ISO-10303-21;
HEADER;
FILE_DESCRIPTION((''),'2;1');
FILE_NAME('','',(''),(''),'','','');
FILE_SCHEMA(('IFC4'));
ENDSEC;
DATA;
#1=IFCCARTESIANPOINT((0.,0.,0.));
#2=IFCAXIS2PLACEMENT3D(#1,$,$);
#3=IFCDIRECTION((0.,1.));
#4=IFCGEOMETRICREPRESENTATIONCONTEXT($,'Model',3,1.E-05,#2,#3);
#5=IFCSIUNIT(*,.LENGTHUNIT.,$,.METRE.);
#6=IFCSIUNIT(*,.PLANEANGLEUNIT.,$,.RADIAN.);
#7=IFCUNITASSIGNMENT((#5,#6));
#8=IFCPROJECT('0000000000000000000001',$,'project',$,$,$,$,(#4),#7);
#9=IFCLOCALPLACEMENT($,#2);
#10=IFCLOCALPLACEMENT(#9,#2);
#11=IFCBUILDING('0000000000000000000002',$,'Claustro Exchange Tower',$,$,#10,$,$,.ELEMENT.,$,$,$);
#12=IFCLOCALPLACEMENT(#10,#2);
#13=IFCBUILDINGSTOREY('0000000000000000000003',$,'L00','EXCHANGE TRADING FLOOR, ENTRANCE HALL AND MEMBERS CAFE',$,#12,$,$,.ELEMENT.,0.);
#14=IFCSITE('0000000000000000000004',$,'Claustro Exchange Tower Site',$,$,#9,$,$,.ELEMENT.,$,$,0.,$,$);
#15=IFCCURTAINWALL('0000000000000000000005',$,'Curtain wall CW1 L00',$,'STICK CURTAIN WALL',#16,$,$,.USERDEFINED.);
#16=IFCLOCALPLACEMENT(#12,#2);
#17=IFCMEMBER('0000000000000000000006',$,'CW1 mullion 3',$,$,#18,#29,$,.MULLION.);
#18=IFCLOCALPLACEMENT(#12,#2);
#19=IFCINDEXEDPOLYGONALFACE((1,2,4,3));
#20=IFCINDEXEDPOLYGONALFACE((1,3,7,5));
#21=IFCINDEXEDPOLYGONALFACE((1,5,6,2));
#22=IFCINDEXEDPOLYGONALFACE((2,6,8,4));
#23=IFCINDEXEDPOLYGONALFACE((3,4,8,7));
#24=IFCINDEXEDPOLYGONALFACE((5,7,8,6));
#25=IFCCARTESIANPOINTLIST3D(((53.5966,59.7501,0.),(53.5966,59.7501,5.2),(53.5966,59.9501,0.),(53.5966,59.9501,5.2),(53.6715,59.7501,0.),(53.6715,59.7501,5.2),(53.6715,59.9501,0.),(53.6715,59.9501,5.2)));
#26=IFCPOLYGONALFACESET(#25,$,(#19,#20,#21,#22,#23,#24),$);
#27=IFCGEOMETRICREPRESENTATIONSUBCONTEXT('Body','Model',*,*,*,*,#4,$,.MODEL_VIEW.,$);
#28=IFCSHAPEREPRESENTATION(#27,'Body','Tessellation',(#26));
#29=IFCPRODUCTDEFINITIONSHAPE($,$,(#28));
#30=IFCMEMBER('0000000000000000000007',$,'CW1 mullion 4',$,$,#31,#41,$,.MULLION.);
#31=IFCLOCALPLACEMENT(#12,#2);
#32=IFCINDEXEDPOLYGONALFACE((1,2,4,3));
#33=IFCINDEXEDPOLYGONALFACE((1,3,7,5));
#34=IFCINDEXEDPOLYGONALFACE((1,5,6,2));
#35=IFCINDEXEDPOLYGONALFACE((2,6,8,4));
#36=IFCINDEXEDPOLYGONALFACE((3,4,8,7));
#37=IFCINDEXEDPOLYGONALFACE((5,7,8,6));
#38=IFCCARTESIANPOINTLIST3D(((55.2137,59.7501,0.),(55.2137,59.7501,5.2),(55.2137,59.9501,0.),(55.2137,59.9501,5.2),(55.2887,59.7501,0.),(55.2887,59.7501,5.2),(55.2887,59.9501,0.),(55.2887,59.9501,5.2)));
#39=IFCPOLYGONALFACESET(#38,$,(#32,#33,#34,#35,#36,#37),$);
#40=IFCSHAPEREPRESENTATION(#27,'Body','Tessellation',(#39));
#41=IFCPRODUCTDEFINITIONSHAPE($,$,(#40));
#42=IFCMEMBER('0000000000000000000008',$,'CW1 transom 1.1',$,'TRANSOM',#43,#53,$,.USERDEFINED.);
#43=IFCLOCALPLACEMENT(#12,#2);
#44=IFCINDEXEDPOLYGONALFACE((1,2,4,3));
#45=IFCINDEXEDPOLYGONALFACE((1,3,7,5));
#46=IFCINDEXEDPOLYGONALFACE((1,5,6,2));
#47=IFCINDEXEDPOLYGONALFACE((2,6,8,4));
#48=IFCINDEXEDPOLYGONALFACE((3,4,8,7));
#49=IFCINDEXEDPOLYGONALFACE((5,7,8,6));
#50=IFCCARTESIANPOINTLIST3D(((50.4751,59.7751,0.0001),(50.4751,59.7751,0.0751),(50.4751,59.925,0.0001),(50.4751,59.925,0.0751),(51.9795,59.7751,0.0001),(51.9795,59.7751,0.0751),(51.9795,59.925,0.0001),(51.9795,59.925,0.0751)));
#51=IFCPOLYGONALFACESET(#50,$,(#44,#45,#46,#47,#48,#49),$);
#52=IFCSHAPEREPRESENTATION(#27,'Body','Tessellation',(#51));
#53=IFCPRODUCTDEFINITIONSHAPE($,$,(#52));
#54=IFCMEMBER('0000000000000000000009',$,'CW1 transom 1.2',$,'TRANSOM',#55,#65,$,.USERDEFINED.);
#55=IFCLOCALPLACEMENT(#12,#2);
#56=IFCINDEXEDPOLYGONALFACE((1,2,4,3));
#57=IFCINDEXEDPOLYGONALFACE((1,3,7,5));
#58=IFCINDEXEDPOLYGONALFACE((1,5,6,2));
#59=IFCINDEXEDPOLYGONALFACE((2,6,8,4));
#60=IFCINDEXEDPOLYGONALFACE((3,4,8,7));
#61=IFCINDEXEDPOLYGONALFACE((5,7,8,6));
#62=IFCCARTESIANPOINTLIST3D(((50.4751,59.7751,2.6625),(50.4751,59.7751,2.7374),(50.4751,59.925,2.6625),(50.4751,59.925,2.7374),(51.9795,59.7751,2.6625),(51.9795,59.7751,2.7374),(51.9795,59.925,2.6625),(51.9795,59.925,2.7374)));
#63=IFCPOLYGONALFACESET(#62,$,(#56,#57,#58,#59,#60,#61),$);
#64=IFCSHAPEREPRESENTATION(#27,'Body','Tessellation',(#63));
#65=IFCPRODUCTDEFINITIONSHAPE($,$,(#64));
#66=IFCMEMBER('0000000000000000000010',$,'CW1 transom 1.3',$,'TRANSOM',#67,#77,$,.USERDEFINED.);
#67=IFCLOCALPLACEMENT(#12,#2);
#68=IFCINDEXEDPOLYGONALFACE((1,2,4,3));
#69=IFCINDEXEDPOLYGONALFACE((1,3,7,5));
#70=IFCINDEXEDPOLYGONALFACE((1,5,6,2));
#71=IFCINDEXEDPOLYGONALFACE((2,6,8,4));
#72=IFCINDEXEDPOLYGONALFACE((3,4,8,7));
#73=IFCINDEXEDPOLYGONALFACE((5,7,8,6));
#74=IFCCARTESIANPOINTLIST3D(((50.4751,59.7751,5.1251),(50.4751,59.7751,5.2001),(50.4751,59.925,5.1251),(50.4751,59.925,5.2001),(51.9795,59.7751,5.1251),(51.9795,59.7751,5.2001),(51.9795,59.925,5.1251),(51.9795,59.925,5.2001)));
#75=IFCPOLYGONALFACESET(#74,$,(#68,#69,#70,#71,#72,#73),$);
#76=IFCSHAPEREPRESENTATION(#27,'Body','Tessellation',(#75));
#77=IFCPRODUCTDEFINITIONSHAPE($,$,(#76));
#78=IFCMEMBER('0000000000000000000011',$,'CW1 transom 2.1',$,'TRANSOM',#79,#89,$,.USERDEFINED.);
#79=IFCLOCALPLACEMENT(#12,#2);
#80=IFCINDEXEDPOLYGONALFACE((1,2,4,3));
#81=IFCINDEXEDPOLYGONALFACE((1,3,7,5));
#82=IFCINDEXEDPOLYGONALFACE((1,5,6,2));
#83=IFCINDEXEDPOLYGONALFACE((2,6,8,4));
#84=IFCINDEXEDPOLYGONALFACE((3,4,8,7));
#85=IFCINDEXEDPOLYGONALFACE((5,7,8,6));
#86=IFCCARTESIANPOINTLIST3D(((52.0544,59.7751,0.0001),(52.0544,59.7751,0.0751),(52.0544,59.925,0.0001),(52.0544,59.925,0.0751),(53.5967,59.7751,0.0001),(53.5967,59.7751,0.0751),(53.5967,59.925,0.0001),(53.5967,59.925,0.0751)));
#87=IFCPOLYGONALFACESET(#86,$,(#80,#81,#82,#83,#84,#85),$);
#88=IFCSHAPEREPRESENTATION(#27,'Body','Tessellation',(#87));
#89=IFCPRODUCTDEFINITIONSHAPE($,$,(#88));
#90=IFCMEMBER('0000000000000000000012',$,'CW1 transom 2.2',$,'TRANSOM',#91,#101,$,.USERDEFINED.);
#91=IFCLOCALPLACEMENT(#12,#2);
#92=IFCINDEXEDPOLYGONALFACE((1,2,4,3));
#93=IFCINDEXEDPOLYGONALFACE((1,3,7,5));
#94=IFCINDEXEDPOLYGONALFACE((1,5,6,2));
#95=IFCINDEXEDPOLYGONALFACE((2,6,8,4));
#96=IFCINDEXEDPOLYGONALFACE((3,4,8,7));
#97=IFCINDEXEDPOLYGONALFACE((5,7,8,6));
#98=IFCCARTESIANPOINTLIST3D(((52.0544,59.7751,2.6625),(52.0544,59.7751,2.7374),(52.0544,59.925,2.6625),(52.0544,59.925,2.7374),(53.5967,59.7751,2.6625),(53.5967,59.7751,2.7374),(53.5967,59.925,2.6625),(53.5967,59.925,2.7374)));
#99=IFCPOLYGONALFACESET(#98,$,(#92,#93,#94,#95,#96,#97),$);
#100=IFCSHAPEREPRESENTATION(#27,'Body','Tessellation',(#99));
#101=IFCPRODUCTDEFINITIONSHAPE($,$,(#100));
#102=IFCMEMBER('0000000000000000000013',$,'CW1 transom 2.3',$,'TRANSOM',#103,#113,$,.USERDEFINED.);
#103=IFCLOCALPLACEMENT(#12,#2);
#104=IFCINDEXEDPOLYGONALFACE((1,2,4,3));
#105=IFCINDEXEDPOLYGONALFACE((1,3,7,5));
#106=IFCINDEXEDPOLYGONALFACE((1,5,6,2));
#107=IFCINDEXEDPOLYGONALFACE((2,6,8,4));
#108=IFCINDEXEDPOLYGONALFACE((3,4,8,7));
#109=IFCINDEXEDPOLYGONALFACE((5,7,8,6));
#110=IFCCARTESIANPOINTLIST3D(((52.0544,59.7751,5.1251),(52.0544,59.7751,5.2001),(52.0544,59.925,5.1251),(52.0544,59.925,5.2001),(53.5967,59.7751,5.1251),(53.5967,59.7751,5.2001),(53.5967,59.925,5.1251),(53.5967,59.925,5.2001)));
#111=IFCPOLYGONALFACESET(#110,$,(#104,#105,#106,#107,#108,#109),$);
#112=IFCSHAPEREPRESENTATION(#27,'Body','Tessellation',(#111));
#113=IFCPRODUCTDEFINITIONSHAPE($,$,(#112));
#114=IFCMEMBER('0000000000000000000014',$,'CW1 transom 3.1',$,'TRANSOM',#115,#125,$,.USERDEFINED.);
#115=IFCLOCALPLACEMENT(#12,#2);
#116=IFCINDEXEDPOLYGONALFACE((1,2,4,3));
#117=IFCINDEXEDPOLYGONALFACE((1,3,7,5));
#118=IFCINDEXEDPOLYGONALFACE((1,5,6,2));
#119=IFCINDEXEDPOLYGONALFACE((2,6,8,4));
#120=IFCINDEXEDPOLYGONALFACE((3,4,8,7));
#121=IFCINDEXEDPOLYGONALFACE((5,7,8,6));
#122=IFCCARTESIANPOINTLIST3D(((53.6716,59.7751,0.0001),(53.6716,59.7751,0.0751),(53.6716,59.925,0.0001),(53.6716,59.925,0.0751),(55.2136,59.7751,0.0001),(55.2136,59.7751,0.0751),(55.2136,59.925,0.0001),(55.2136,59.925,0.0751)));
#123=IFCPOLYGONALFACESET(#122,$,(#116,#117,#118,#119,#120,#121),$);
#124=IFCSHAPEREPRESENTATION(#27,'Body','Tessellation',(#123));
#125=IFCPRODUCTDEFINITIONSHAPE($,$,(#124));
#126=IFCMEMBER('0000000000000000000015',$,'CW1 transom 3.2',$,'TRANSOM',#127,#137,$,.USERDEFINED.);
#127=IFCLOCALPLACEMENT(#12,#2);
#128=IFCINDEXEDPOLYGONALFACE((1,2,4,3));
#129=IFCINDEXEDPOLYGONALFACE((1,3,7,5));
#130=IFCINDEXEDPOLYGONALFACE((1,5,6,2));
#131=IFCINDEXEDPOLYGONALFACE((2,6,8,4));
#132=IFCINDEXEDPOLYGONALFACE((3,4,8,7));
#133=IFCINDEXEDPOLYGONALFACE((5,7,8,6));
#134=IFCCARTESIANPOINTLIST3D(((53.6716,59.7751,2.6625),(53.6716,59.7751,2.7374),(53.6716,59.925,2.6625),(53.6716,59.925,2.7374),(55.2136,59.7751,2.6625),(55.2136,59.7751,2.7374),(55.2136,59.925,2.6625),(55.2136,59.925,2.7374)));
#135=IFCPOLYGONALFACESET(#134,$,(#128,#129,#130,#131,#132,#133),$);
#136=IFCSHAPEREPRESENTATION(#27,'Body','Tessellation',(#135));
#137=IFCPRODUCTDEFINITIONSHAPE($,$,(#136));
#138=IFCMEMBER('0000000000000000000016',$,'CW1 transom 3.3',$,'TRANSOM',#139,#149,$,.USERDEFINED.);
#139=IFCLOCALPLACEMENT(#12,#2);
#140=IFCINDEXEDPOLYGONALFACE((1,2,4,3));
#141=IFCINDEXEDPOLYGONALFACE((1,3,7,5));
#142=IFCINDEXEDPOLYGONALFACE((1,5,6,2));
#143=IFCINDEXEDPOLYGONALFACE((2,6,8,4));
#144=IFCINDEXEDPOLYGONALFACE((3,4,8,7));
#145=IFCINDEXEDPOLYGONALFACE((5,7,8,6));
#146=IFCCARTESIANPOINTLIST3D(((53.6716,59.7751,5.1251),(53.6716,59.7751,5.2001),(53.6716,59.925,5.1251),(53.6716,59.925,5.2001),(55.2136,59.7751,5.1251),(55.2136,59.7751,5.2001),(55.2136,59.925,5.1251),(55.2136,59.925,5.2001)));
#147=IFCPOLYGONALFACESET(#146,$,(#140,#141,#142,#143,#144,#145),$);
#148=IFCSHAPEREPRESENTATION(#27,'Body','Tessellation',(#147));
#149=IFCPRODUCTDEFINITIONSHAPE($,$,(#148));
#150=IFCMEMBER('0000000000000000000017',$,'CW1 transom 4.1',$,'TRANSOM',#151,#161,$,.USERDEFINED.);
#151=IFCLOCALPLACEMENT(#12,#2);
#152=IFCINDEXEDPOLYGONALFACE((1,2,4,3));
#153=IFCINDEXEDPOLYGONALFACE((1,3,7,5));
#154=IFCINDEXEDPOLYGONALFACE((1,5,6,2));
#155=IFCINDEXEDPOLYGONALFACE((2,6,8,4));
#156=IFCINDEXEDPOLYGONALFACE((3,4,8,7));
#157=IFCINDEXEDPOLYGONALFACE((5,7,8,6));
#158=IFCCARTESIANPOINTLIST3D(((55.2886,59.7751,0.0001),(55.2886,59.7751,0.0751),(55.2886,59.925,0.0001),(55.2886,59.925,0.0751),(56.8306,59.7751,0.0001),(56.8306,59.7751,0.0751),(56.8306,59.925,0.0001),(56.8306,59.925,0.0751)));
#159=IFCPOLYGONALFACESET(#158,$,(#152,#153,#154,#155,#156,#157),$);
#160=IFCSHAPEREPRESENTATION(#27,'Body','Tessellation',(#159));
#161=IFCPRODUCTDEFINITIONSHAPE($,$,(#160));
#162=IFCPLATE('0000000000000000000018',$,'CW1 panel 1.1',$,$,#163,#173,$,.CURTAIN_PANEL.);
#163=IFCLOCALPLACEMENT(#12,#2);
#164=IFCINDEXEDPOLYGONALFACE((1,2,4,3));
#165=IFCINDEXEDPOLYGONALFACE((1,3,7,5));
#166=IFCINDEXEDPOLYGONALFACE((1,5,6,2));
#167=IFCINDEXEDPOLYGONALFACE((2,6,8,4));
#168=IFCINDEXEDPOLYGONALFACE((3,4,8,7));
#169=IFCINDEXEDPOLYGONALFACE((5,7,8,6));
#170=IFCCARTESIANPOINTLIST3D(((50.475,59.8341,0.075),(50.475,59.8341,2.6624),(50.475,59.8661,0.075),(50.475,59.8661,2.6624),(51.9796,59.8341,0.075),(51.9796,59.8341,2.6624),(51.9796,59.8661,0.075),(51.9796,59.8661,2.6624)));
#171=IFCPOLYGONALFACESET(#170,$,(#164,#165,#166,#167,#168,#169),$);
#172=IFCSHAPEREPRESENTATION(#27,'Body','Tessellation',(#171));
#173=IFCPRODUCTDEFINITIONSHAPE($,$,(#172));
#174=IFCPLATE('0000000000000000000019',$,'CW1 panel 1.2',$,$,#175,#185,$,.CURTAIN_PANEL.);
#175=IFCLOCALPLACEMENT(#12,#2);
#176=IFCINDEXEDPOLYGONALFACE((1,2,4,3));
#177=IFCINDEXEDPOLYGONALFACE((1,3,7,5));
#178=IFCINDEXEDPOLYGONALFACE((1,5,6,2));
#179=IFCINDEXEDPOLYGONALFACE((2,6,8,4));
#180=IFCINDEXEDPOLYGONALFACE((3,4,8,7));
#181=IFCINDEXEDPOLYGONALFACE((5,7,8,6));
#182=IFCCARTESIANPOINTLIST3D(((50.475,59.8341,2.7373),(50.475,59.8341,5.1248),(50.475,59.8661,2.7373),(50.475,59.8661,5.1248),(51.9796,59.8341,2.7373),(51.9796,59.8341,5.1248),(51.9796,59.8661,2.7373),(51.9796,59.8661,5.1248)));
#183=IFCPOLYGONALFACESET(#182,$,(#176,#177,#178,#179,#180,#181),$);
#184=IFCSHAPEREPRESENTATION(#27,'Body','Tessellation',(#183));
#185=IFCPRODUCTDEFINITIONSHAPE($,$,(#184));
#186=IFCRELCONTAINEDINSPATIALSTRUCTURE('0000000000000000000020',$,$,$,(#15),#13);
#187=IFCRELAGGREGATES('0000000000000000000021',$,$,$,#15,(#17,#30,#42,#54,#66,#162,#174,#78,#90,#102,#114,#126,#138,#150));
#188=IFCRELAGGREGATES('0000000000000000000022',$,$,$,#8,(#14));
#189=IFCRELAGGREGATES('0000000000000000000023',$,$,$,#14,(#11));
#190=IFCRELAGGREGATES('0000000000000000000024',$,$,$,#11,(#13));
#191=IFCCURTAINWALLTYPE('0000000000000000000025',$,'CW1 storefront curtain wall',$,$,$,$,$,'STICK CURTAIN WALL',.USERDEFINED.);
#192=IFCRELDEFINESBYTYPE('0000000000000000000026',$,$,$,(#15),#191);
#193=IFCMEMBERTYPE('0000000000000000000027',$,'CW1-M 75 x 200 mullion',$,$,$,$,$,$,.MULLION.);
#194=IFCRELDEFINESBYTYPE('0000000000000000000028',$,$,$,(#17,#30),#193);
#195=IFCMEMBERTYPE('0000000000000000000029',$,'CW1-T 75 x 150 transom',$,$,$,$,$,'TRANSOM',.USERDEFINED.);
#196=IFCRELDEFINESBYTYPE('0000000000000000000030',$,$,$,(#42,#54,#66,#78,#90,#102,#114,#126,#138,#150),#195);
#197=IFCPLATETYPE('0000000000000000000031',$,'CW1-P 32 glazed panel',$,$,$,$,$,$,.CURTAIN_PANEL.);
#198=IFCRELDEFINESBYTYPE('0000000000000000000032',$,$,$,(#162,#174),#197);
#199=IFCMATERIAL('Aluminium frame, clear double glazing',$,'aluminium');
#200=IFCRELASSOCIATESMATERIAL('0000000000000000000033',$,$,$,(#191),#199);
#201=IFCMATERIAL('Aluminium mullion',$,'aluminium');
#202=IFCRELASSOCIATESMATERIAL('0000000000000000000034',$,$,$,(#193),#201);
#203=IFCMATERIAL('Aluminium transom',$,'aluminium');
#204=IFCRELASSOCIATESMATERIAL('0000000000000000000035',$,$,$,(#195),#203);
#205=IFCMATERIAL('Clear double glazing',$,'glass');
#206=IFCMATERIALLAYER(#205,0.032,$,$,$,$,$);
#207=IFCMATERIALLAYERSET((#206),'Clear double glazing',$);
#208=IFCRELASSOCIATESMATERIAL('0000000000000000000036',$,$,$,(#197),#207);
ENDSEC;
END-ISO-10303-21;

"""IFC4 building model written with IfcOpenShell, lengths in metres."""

from ifc_helpers import new_model, si_unit, direction, frame, origin, origin_2d, place, context, subcontext, project, spatial, rectangle, extrude, material, layer, layer_set, material_profile, profile_set, type_object, element, aggregate, save


model = new_model("IFC4")

# Units and contexts
model_context = context("Model", 3, precision=1e-05, world=origin(), true_north=direction((0.0, 1.0)))
body_context = subcontext(model_context, "Body", "Model", "MODEL_VIEW")
ifc_project = project(units=[si_unit("LENGTHUNIT", "METRE"), si_unit("PLANEANGLEUNIT", "RADIAN")], contexts=[model_context])

# Site, building, storey
site_placement = place(None, origin())
site = spatial("IfcSite", under=ifc_project, at=site_placement, Name="Claustro Exchange Tower Site", CompositionType="ELEMENT", RefElevation=0.0)
building_placement = place(site_placement, origin())
building = spatial("IfcBuilding", under=site, at=building_placement, Name="Claustro Exchange Tower", CompositionType="ELEMENT")
storey_placement = place(building_placement, origin())
storey = spatial("IfcBuildingStorey", under=building, at=storey_placement, Name="L00", Description="EXCHANGE TRADING FLOOR, ENTRANCE HALL AND MEMBERS CAFE", CompositionType="ELEMENT", Elevation=0.0)

# Curtain wall, members, plates
ifc_material_1 = material(Name="Aluminium frame, clear double glazing", Category="aluminium")
curtain_wall_type = type_object("IfcCurtainWallType", Name="CW1 storefront curtain wall", ElementType="STICK CURTAIN WALL", PredefinedType="USERDEFINED", material=ifc_material_1)
curtain_wall_placement = place(storey_placement, origin())
curtain_wall = element("IfcCurtainWall", 1, at=curtain_wall_placement, inside=storey, type_object=curtain_wall_type, Name="Curtain wall CW1 L00", ObjectType="STICK CURTAIN WALL", PredefinedType="USERDEFINED")
ifc_material_2 = material(Name="Aluminium mullion", Category="aluminium")
ifc_material_profile_1 = material_profile(ifc_material_2, rectangle(XDim=0.2, YDim=0.075, at=origin_2d()), Name="CW1-M 75x200")
ifc_profile_set_1 = profile_set([ifc_material_profile_1], Name="Aluminium mullion")
member_type_1 = type_object("IfcMemberType", Name="CW1-M 75 x 200 mullion", PredefinedType="MULLION", material=ifc_profile_set_1)
member_1_placement = place(storey_placement, frame((53.634, 59.8501, 0.0), z_axis=(0.0, 0.0, 1.0), x_axis=(0.0, 1.0, 0.0)))
member_1 = element("IfcMember", 2, at=member_1_placement, type_object=member_type_1, Name="CW1 mullion 3", PredefinedType="MULLION", context=body_context, shape_type="SweptSolid", body=[
    extrude(rectangle(XDim=0.2, YDim=0.075, at=origin_2d()), origin(), (0.0, 0.0, 1.0), 5.2),
])
member_2_placement = place(storey_placement, frame((55.2512, 59.8501, 0.0), z_axis=(0.0, 0.0, 1.0), x_axis=(0.0, 1.0, 0.0)))
member_2 = element("IfcMember", 3, at=member_2_placement, type_object=member_type_1, Name="CW1 mullion 4", PredefinedType="MULLION", context=body_context, shape_type="SweptSolid", body=[
    extrude(rectangle(XDim=0.2, YDim=0.075, at=origin_2d()), origin(), (0.0, 0.0, 1.0), 5.2),
])
ifc_material_3 = material(Name="Aluminium transom", Category="aluminium")
ifc_material_profile_2 = material_profile(ifc_material_3, rectangle(XDim=0.1499, YDim=0.075, at=origin_2d()), Name="CW1-T 75x150")
ifc_profile_set_2 = profile_set([ifc_material_profile_2], Name="Aluminium transom")
member_type_2 = type_object("IfcMemberType", Name="CW1-T 75 x 150 transom", ElementType="TRANSOM", PredefinedType="USERDEFINED", material=ifc_profile_set_2)
member_3_placement = place(storey_placement, frame((50.4751, 59.8501, 0.0376), z_axis=(1.0, 0.0, 0.0), x_axis=(0.0, 1.0, 0.0)))
member_3 = element("IfcMember", 4, at=member_3_placement, type_object=member_type_2, Name="CW1 transom 1.1", ObjectType="TRANSOM", PredefinedType="USERDEFINED", context=body_context, shape_type="SweptSolid", body=[
    extrude(rectangle(XDim=0.1499, YDim=0.075, at=origin_2d()), origin(), (0.0, 0.0, 1.0), 1.5044),
])
member_4_placement = place(storey_placement, frame((50.4751, 59.8501, 2.7), z_axis=(1.0, 0.0, 0.0), x_axis=(0.0, 1.0, 0.0)))
member_4 = element("IfcMember", 5, at=member_4_placement, type_object=member_type_2, Name="CW1 transom 1.2", ObjectType="TRANSOM", PredefinedType="USERDEFINED", context=body_context, shape_type="SweptSolid", body=[
    extrude(rectangle(XDim=0.1499, YDim=0.075, at=origin_2d()), origin(), (0.0, 0.0, 1.0), 1.5044),
])
member_5_placement = place(storey_placement, frame((50.4751, 59.8501, 5.1626), z_axis=(1.0, 0.0, 0.0), x_axis=(0.0, 1.0, 0.0)))
member_5 = element("IfcMember", 6, at=member_5_placement, type_object=member_type_2, Name="CW1 transom 1.3", ObjectType="TRANSOM", PredefinedType="USERDEFINED", context=body_context, shape_type="SweptSolid", body=[
    extrude(rectangle(XDim=0.1499, YDim=0.075, at=origin_2d()), origin(), (0.0, 0.0, 1.0), 1.5044),
])
member_6_placement = place(storey_placement, frame((52.0544, 59.8501, 0.0376), z_axis=(1.0, 0.0, 0.0), x_axis=(0.0, 1.0, 0.0)))
member_6 = element("IfcMember", 7, at=member_6_placement, type_object=member_type_2, Name="CW1 transom 2.1", ObjectType="TRANSOM", PredefinedType="USERDEFINED", context=body_context, shape_type="SweptSolid", body=[
    extrude(rectangle(XDim=0.1499, YDim=0.075, at=origin_2d()), origin(), (0.0, 0.0, 1.0), 1.5422),
])
member_7_placement = place(storey_placement, frame((52.0544, 59.8501, 2.7), z_axis=(1.0, 0.0, 0.0), x_axis=(0.0, 1.0, 0.0)))
member_7 = element("IfcMember", 8, at=member_7_placement, type_object=member_type_2, Name="CW1 transom 2.2", ObjectType="TRANSOM", PredefinedType="USERDEFINED", context=body_context, shape_type="SweptSolid", body=[
    extrude(rectangle(XDim=0.1499, YDim=0.075, at=origin_2d()), origin(), (0.0, 0.0, 1.0), 1.5422),
])
member_8_placement = place(storey_placement, frame((52.0544, 59.8501, 5.1626), z_axis=(1.0, 0.0, 0.0), x_axis=(0.0, 1.0, 0.0)))
member_8 = element("IfcMember", 9, at=member_8_placement, type_object=member_type_2, Name="CW1 transom 2.3", ObjectType="TRANSOM", PredefinedType="USERDEFINED", context=body_context, shape_type="SweptSolid", body=[
    extrude(rectangle(XDim=0.1499, YDim=0.075, at=origin_2d()), origin(), (0.0, 0.0, 1.0), 1.5422),
])
member_9_placement = place(storey_placement, frame((53.6716, 59.8501, 0.0376), z_axis=(1.0, 0.0, 0.0), x_axis=(0.0, 1.0, 0.0)))
member_9 = element("IfcMember", 10, at=member_9_placement, type_object=member_type_2, Name="CW1 transom 3.1", ObjectType="TRANSOM", PredefinedType="USERDEFINED", context=body_context, shape_type="SweptSolid", body=[
    extrude(rectangle(XDim=0.1499, YDim=0.075, at=origin_2d()), origin(), (0.0, 0.0, 1.0), 1.542),
])
member_10_placement = place(storey_placement, frame((53.6716, 59.8501, 2.7), z_axis=(1.0, 0.0, 0.0), x_axis=(0.0, 1.0, 0.0)))
member_10 = element("IfcMember", 11, at=member_10_placement, type_object=member_type_2, Name="CW1 transom 3.2", ObjectType="TRANSOM", PredefinedType="USERDEFINED", context=body_context, shape_type="SweptSolid", body=[
    extrude(rectangle(XDim=0.1499, YDim=0.075, at=origin_2d()), origin(), (0.0, 0.0, 1.0), 1.542),
])
member_11_placement = place(storey_placement, frame((53.6716, 59.8501, 5.1626), z_axis=(1.0, 0.0, 0.0), x_axis=(0.0, 1.0, 0.0)))
member_11 = element("IfcMember", 12, at=member_11_placement, type_object=member_type_2, Name="CW1 transom 3.3", ObjectType="TRANSOM", PredefinedType="USERDEFINED", context=body_context, shape_type="SweptSolid", body=[
    extrude(rectangle(XDim=0.1499, YDim=0.075, at=origin_2d()), origin(), (0.0, 0.0, 1.0), 1.542),
])
member_12_placement = place(storey_placement, frame((55.2886, 59.8501, 0.0376), z_axis=(1.0, 0.0, 0.0), x_axis=(0.0, 1.0, 0.0)))
member_12 = element("IfcMember", 13, at=member_12_placement, type_object=member_type_2, Name="CW1 transom 4.1", ObjectType="TRANSOM", PredefinedType="USERDEFINED", context=body_context, shape_type="SweptSolid", body=[
    extrude(rectangle(XDim=0.1499, YDim=0.075, at=origin_2d()), origin(), (0.0, 0.0, 1.0), 1.542),
])
ifc_material_4 = material(Name="Clear double glazing", Category="glass")
ifc_layer_1 = layer(ifc_material_4, 0.032)
ifc_layer_set_1 = layer_set([ifc_layer_1], Name="Clear double glazing")
plate_type = type_object("IfcPlateType", Name="CW1-P 32 glazed panel", PredefinedType="CURTAIN_PANEL", material=ifc_layer_set_1)
plate_1_placement = place(storey_placement, frame((51.2273, 59.8501, 0.075), z_axis=(0.0, 0.0, 1.0), x_axis=(1.0, 0.0, 0.0)))
plate_1 = element("IfcPlate", 14, at=plate_1_placement, type_object=plate_type, Name="CW1 panel 1.1", PredefinedType="CURTAIN_PANEL", context=body_context, shape_type="SweptSolid", body=[
    extrude(rectangle(XDim=1.5046, YDim=0.032, at=origin_2d()), origin(), (0.0, 0.0, 1.0), 2.5874),
])
plate_2_placement = place(storey_placement, frame((51.2273, 59.8501, 2.7373), z_axis=(0.0, 0.0, 1.0), x_axis=(1.0, 0.0, 0.0)))
plate_2 = element("IfcPlate", 15, at=plate_2_placement, type_object=plate_type, Name="CW1 panel 1.2", PredefinedType="CURTAIN_PANEL", context=body_context, shape_type="SweptSolid", body=[
    extrude(rectangle(XDim=1.5046, YDim=0.032, at=origin_2d()), origin(), (0.0, 0.0, 1.0), 2.3875),
])
aggregate(curtain_wall, [member_1, member_2, member_3, member_4, member_5, plate_1, plate_2, member_6, member_7, member_8, member_9, member_10, member_11, member_12])

save(model, "model.ifc")
